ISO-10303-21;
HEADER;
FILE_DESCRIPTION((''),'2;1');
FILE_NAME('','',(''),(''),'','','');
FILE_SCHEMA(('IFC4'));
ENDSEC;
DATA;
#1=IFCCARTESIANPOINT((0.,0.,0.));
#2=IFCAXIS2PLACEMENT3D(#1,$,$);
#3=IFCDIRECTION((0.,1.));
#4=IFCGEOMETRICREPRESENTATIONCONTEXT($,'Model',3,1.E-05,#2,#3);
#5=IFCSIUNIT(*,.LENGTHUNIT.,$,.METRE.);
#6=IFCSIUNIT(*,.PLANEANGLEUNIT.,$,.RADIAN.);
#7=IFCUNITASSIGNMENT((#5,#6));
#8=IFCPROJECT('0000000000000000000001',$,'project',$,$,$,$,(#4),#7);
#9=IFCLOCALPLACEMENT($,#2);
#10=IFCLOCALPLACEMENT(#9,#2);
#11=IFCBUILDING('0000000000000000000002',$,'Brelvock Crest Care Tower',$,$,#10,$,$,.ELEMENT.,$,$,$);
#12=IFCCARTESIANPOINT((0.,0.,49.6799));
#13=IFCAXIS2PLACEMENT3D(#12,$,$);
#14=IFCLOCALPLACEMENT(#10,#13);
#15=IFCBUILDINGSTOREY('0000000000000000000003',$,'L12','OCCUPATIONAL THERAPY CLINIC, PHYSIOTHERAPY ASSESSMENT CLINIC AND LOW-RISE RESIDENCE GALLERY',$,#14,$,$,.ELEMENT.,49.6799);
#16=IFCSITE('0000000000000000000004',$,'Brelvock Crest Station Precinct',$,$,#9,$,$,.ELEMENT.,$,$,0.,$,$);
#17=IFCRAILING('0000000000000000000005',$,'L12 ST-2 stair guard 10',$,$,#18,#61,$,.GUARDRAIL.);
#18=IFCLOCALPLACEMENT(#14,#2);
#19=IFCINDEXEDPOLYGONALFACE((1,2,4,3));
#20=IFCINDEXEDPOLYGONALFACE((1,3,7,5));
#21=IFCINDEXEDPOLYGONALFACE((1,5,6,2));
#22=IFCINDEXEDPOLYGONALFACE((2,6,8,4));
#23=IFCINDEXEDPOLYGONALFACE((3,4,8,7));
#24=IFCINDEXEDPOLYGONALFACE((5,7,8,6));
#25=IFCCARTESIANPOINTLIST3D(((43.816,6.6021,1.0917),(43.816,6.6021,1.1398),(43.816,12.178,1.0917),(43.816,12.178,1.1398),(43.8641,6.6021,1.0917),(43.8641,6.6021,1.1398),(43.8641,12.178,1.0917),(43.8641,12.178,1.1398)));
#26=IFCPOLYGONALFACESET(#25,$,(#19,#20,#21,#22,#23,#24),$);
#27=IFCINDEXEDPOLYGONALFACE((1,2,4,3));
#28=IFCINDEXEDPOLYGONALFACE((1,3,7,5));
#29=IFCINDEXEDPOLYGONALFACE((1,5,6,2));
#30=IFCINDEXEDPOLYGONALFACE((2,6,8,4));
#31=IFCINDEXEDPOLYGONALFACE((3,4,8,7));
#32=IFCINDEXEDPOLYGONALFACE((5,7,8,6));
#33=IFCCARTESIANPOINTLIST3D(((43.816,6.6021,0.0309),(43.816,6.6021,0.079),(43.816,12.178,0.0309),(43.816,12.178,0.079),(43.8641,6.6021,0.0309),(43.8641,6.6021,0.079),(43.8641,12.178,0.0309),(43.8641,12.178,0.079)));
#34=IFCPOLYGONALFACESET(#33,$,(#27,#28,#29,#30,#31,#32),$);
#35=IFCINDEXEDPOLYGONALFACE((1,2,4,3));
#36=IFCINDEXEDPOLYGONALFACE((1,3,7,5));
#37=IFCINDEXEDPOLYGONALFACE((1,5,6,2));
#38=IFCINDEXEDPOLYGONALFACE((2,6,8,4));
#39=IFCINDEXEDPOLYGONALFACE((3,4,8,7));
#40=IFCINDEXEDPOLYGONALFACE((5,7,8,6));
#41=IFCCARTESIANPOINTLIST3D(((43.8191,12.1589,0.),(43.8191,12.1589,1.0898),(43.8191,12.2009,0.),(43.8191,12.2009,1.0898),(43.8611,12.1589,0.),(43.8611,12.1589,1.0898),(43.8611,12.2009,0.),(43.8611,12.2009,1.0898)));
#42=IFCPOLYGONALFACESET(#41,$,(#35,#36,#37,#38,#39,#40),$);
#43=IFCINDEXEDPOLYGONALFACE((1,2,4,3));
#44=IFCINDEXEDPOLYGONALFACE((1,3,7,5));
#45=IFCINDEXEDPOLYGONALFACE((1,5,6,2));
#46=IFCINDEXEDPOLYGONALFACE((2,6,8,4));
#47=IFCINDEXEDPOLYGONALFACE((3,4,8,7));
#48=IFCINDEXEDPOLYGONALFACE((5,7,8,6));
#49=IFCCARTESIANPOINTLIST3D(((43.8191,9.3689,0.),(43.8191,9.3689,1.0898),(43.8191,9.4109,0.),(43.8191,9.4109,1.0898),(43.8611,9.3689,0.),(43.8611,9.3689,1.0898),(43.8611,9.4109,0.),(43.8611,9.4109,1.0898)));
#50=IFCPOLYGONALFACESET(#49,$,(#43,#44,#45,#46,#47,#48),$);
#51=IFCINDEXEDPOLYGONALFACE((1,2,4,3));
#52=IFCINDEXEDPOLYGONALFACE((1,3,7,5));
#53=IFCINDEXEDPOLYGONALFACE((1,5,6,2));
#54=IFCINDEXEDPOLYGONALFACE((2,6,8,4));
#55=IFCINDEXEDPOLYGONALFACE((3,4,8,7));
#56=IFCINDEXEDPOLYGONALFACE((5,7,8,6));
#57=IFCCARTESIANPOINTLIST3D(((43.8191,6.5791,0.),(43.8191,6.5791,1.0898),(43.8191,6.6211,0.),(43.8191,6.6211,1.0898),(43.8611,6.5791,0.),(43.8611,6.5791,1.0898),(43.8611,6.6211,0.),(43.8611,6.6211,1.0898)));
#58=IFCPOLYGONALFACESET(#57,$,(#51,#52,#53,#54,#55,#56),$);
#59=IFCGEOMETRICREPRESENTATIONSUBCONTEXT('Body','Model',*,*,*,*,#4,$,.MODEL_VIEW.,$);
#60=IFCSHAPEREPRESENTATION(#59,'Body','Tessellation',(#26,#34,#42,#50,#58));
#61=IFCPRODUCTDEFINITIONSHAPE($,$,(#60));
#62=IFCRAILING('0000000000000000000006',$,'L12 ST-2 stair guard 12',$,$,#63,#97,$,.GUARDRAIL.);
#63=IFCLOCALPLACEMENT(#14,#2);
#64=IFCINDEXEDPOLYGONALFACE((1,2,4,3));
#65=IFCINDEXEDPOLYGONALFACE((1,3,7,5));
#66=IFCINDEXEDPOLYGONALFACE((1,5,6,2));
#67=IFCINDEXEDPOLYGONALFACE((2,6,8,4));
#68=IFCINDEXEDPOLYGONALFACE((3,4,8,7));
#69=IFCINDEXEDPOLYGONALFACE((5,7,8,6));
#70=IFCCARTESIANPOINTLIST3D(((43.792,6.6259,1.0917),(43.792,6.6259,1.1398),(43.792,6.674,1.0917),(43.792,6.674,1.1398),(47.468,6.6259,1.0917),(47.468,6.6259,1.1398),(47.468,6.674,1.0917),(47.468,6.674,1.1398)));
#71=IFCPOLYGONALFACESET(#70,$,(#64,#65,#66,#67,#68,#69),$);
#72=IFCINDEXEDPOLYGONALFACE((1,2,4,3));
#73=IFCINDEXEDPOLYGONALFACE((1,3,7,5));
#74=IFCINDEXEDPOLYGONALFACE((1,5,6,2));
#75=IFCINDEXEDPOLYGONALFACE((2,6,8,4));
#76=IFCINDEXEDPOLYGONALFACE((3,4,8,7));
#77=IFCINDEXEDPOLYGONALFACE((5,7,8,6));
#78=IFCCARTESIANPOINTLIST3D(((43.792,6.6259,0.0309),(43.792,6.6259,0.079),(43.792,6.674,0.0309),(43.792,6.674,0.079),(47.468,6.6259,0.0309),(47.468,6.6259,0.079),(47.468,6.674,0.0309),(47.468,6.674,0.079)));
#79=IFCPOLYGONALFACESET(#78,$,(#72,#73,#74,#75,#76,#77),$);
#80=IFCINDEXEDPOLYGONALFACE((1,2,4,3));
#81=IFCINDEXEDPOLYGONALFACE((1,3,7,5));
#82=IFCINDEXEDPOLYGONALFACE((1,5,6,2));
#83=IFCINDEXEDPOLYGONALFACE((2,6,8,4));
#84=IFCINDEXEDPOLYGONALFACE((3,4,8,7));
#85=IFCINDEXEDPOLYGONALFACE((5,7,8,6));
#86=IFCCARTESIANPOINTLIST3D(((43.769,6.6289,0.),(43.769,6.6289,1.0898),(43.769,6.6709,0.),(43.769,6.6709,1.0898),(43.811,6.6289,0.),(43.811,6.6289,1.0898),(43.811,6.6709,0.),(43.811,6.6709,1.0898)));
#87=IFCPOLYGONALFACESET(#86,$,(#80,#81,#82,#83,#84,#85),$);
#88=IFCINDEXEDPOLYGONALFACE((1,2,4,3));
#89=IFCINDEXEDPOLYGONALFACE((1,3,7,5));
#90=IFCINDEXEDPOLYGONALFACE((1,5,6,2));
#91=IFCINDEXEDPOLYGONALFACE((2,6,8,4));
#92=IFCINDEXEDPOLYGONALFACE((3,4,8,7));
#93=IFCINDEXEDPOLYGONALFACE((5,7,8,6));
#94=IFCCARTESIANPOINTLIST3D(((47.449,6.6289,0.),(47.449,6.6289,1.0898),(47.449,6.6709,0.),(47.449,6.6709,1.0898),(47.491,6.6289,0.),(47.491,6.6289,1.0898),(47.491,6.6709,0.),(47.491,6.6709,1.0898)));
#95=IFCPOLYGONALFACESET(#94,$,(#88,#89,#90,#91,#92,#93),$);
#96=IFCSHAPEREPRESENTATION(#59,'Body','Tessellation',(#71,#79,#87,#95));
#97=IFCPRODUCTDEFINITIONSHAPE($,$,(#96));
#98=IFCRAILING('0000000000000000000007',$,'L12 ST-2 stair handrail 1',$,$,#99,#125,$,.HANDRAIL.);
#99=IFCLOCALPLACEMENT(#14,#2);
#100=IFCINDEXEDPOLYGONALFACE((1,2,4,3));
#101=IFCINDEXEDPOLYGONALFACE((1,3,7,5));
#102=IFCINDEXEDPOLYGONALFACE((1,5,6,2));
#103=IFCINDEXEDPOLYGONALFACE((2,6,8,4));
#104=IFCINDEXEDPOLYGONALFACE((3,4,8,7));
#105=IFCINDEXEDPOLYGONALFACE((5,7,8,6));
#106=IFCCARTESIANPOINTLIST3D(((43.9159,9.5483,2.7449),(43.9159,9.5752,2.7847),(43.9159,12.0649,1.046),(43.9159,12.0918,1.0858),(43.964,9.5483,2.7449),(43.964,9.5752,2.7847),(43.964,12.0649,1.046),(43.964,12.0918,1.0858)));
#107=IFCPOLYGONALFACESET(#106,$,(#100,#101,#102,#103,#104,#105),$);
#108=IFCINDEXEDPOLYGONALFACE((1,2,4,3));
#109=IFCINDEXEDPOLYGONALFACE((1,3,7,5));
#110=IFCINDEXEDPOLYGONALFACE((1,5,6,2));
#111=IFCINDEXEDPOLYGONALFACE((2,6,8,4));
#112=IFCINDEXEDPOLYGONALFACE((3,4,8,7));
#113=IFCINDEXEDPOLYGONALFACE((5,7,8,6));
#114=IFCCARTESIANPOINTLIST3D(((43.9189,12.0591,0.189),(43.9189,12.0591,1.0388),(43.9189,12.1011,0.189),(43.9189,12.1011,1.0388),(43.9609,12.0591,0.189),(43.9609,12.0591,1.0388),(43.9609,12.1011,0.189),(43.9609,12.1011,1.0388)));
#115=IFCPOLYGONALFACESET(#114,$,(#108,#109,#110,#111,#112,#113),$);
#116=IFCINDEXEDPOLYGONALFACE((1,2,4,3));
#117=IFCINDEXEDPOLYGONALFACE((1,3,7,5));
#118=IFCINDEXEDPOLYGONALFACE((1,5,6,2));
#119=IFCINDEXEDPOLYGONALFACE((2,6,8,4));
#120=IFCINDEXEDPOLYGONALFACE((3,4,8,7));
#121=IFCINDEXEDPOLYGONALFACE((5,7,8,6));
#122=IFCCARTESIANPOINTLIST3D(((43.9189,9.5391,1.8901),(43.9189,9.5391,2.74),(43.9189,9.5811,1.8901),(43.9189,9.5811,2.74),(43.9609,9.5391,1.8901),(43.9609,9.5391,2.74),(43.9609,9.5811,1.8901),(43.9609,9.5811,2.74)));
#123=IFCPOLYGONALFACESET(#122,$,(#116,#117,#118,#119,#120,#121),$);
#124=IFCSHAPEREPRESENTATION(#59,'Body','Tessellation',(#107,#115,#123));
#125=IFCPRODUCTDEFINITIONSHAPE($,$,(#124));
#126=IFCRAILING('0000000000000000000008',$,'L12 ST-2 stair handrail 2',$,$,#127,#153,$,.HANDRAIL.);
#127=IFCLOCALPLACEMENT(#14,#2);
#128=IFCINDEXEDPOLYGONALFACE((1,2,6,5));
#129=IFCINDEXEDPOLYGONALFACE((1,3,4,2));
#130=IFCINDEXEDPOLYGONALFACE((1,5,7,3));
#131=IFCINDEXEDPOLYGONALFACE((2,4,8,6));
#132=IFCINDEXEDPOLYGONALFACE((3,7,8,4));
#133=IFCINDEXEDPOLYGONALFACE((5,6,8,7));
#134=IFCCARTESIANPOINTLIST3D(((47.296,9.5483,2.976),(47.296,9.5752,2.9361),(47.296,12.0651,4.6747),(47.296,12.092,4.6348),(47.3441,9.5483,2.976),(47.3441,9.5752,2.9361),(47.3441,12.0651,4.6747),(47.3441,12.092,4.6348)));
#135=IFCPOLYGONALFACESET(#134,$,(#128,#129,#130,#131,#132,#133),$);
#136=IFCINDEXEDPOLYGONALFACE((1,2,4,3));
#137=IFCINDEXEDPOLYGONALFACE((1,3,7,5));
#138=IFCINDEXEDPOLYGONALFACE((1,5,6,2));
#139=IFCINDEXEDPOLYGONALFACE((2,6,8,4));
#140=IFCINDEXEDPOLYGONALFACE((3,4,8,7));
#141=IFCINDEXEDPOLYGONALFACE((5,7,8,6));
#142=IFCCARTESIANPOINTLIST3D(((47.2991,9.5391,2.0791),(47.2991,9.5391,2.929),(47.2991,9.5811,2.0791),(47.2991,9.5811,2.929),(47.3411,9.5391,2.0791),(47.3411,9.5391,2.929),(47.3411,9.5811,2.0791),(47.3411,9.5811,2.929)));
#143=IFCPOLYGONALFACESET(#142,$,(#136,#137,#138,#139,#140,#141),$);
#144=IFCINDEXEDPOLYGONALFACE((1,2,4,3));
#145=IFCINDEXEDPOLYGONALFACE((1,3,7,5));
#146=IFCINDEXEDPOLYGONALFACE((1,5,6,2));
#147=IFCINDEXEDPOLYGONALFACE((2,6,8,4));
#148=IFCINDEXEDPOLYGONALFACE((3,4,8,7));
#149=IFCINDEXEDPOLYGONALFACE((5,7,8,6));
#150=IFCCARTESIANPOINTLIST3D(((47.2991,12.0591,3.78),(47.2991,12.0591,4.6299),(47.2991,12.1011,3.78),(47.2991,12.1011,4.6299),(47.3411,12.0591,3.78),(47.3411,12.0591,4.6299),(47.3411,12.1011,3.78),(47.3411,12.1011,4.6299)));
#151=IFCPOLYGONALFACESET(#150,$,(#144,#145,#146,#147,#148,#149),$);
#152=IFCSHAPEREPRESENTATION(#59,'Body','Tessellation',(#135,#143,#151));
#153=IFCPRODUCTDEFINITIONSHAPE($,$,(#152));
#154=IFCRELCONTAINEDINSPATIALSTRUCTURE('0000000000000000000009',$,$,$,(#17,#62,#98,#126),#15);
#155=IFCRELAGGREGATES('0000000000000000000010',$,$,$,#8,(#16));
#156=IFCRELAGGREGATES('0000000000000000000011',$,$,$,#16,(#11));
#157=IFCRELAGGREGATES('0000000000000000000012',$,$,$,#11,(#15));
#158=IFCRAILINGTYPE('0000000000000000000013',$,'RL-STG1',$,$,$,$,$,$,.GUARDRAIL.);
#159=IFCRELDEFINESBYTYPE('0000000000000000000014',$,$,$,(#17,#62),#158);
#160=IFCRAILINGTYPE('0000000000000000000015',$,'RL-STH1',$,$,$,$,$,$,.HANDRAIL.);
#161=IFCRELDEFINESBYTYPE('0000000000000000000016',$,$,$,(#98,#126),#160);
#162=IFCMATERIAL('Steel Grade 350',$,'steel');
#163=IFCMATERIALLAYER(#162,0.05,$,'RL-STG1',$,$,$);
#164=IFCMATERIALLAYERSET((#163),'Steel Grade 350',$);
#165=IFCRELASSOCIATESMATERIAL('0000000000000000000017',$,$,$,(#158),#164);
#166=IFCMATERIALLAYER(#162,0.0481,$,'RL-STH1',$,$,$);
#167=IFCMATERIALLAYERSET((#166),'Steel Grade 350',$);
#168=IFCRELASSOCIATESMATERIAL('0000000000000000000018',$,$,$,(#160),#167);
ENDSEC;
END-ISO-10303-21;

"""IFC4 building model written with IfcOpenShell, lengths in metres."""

from ifc_helpers import new_model, si_unit, direction, frame, origin, origin_2d, place, context, subcontext, project, spatial, rectangle, extrude, material, layer, layer_set, type_object, element, save


model = new_model("IFC4")

# Units and contexts
model_context = context("Model", 3, precision=1e-05, world=origin(), true_north=direction((0.0, 1.0)))
body_context = subcontext(model_context, "Body", "Model", "MODEL_VIEW")
ifc_project = project(units=[si_unit("LENGTHUNIT", "METRE"), si_unit("PLANEANGLEUNIT", "RADIAN")], contexts=[model_context])

# Site, building, storey
site_placement = place(None, origin())
site = spatial("IfcSite", under=ifc_project, at=site_placement, Name="Brelvock Crest Station Precinct", CompositionType="ELEMENT", RefElevation=0.0)
building_placement = place(site_placement, origin())
building = spatial("IfcBuilding", under=site, at=building_placement, Name="Brelvock Crest Care Tower", CompositionType="ELEMENT")
storey_placement = place(building_placement, frame((0.0, 0.0, 49.6799)))
storey = spatial("IfcBuildingStorey", under=building, at=storey_placement, Name="L12", Description="OCCUPATIONAL THERAPY CLINIC, PHYSIOTHERAPY ASSESSMENT CLINIC AND LOW-RISE RESIDENCE GALLERY", CompositionType="ELEMENT", Elevation=49.6799)

# Shared definitions
ifc_material_1 = material(Name="Steel Grade 350", Category="steel")

# Railings
ifc_layer_1 = layer(ifc_material_1, 0.05, Name="RL-STG1")
ifc_layer_set_1 = layer_set([ifc_layer_1], Name="Steel Grade 350")
railing_type_1 = type_object("IfcRailingType", Name="RL-STG1", PredefinedType="GUARDRAIL", material=ifc_layer_set_1)
railing_1_placement = place(storey_placement, frame((43.8401, 12.1799, 0.0)))
element("IfcRailing", 1, at=railing_1_placement, inside=storey, type_object=railing_type_1, Name="L12 ST-2 stair guard 10", PredefinedType="GUARDRAIL", context=body_context, shape_type="SweptSolid", body=[
    extrude(rectangle(XDim=0.0481, YDim=0.0481, at=origin_2d()), frame((0.0, -0.002, 1.1157), z_axis=(0.0, -1.0, 0.0), x_axis=(1.0, 0.0, 0.0)), (0.0, 0.0, 1.0), 5.5759),
    extrude(rectangle(XDim=0.0481, YDim=0.0481, at=origin_2d()), frame((0.0, -0.002, 0.0549), z_axis=(0.0, -1.0, 0.0), x_axis=(1.0, 0.0, 0.0)), (0.0, 0.0, 1.0), 5.5759),
    extrude(rectangle(XDim=0.042, YDim=0.042, at=origin_2d()), origin(), (0.0, 0.0, 1.0), 1.0898),
    extrude(rectangle(XDim=0.042, YDim=0.042, at=origin_2d()), frame((0.0, -2.79, 0.0)), (0.0, 0.0, 1.0), 1.0898),
    extrude(rectangle(XDim=0.042, YDim=0.042, at=origin_2d()), frame((0.0, -5.5798, 0.0)), (0.0, 0.0, 1.0), 1.0898),
])
railing_2_placement = place(storey_placement, frame((43.79, 6.6499, 0.0)))
element("IfcRailing", 2, at=railing_2_placement, inside=storey, type_object=railing_type_1, Name="L12 ST-2 stair guard 12", PredefinedType="GUARDRAIL", context=body_context, shape_type="SweptSolid", body=[
    extrude(rectangle(XDim=0.0481, YDim=0.0481, at=origin_2d()), frame((0.002, 0.0, 1.1157), z_axis=(1.0, 0.0, 0.0), x_axis=(0.0, 1.0, 0.0)), (0.0, 0.0, 1.0), 3.676),
    extrude(rectangle(XDim=0.0481, YDim=0.0481, at=origin_2d()), frame((0.002, 0.0, 0.0549), z_axis=(1.0, 0.0, 0.0), x_axis=(0.0, 1.0, 0.0)), (0.0, 0.0, 1.0), 3.676),
    extrude(rectangle(XDim=0.042, YDim=0.042, at=origin_2d()), origin(), (0.0, 0.0, 1.0), 1.0898),
    extrude(rectangle(XDim=0.042, YDim=0.042, at=origin_2d()), frame((3.6799, 0.0, 0.0)), (0.0, 0.0, 1.0), 1.0898),
])
ifc_layer_2 = layer(ifc_material_1, 0.0481, Name="RL-STH1")
ifc_layer_set_2 = layer_set([ifc_layer_2], Name="Steel Grade 350")
railing_type_2 = type_object("IfcRailingType", Name="RL-STH1", PredefinedType="HANDRAIL", material=ifc_layer_set_2)
railing_3_placement = place(storey_placement, frame((43.9399, 12.0801, 0.189)))
element("IfcRailing", 3, at=railing_3_placement, inside=storey, type_object=railing_type_2, Name="L12 ST-2 stair handrail 1", PredefinedType="HANDRAIL", context=body_context, shape_type="SweptSolid", body=[
    extrude(rectangle(XDim=0.0481, YDim=0.0481, at=origin_2d()), frame((0.0, -0.0017, 0.877), z_axis=(0.0, -0.828824, 0.559509), x_axis=(1.0, 0.0, 0.0)), (0.0, 0.0, 1.0), 3.0364),
    extrude(rectangle(XDim=0.042, YDim=0.042, at=origin_2d()), origin(), (0.0, 0.0, 1.0), 0.8499),
    extrude(rectangle(XDim=0.042, YDim=0.042, at=origin_2d()), frame((0.0, -2.52, 1.7012)), (0.0, 0.0, 1.0), 0.8499),
])
railing_4_placement = place(storey_placement, frame((47.3201, 9.5601, 2.0791)))
element("IfcRailing", 4, at=railing_4_placement, inside=storey, type_object=railing_type_2, Name="L12 ST-2 stair handrail 2", PredefinedType="HANDRAIL", context=body_context, shape_type="SweptSolid", body=[
    extrude(rectangle(XDim=0.0481, YDim=0.0481, at=origin_2d()), frame((0.0, 0.0017, 0.877), z_axis=(0.0, 0.828862, 0.559454), x_axis=(-1.0, 0.0, 0.0)), (0.0, 0.0, 1.0), 3.0364),
    extrude(rectangle(XDim=0.042, YDim=0.042, at=origin_2d()), origin(), (0.0, 0.0, 1.0), 0.8499),
    extrude(rectangle(XDim=0.042, YDim=0.042, at=origin_2d()), frame((0.0, 2.52, 1.7009)), (0.0, 0.0, 1.0), 0.8499),
])

save(model, "model.ifc")
